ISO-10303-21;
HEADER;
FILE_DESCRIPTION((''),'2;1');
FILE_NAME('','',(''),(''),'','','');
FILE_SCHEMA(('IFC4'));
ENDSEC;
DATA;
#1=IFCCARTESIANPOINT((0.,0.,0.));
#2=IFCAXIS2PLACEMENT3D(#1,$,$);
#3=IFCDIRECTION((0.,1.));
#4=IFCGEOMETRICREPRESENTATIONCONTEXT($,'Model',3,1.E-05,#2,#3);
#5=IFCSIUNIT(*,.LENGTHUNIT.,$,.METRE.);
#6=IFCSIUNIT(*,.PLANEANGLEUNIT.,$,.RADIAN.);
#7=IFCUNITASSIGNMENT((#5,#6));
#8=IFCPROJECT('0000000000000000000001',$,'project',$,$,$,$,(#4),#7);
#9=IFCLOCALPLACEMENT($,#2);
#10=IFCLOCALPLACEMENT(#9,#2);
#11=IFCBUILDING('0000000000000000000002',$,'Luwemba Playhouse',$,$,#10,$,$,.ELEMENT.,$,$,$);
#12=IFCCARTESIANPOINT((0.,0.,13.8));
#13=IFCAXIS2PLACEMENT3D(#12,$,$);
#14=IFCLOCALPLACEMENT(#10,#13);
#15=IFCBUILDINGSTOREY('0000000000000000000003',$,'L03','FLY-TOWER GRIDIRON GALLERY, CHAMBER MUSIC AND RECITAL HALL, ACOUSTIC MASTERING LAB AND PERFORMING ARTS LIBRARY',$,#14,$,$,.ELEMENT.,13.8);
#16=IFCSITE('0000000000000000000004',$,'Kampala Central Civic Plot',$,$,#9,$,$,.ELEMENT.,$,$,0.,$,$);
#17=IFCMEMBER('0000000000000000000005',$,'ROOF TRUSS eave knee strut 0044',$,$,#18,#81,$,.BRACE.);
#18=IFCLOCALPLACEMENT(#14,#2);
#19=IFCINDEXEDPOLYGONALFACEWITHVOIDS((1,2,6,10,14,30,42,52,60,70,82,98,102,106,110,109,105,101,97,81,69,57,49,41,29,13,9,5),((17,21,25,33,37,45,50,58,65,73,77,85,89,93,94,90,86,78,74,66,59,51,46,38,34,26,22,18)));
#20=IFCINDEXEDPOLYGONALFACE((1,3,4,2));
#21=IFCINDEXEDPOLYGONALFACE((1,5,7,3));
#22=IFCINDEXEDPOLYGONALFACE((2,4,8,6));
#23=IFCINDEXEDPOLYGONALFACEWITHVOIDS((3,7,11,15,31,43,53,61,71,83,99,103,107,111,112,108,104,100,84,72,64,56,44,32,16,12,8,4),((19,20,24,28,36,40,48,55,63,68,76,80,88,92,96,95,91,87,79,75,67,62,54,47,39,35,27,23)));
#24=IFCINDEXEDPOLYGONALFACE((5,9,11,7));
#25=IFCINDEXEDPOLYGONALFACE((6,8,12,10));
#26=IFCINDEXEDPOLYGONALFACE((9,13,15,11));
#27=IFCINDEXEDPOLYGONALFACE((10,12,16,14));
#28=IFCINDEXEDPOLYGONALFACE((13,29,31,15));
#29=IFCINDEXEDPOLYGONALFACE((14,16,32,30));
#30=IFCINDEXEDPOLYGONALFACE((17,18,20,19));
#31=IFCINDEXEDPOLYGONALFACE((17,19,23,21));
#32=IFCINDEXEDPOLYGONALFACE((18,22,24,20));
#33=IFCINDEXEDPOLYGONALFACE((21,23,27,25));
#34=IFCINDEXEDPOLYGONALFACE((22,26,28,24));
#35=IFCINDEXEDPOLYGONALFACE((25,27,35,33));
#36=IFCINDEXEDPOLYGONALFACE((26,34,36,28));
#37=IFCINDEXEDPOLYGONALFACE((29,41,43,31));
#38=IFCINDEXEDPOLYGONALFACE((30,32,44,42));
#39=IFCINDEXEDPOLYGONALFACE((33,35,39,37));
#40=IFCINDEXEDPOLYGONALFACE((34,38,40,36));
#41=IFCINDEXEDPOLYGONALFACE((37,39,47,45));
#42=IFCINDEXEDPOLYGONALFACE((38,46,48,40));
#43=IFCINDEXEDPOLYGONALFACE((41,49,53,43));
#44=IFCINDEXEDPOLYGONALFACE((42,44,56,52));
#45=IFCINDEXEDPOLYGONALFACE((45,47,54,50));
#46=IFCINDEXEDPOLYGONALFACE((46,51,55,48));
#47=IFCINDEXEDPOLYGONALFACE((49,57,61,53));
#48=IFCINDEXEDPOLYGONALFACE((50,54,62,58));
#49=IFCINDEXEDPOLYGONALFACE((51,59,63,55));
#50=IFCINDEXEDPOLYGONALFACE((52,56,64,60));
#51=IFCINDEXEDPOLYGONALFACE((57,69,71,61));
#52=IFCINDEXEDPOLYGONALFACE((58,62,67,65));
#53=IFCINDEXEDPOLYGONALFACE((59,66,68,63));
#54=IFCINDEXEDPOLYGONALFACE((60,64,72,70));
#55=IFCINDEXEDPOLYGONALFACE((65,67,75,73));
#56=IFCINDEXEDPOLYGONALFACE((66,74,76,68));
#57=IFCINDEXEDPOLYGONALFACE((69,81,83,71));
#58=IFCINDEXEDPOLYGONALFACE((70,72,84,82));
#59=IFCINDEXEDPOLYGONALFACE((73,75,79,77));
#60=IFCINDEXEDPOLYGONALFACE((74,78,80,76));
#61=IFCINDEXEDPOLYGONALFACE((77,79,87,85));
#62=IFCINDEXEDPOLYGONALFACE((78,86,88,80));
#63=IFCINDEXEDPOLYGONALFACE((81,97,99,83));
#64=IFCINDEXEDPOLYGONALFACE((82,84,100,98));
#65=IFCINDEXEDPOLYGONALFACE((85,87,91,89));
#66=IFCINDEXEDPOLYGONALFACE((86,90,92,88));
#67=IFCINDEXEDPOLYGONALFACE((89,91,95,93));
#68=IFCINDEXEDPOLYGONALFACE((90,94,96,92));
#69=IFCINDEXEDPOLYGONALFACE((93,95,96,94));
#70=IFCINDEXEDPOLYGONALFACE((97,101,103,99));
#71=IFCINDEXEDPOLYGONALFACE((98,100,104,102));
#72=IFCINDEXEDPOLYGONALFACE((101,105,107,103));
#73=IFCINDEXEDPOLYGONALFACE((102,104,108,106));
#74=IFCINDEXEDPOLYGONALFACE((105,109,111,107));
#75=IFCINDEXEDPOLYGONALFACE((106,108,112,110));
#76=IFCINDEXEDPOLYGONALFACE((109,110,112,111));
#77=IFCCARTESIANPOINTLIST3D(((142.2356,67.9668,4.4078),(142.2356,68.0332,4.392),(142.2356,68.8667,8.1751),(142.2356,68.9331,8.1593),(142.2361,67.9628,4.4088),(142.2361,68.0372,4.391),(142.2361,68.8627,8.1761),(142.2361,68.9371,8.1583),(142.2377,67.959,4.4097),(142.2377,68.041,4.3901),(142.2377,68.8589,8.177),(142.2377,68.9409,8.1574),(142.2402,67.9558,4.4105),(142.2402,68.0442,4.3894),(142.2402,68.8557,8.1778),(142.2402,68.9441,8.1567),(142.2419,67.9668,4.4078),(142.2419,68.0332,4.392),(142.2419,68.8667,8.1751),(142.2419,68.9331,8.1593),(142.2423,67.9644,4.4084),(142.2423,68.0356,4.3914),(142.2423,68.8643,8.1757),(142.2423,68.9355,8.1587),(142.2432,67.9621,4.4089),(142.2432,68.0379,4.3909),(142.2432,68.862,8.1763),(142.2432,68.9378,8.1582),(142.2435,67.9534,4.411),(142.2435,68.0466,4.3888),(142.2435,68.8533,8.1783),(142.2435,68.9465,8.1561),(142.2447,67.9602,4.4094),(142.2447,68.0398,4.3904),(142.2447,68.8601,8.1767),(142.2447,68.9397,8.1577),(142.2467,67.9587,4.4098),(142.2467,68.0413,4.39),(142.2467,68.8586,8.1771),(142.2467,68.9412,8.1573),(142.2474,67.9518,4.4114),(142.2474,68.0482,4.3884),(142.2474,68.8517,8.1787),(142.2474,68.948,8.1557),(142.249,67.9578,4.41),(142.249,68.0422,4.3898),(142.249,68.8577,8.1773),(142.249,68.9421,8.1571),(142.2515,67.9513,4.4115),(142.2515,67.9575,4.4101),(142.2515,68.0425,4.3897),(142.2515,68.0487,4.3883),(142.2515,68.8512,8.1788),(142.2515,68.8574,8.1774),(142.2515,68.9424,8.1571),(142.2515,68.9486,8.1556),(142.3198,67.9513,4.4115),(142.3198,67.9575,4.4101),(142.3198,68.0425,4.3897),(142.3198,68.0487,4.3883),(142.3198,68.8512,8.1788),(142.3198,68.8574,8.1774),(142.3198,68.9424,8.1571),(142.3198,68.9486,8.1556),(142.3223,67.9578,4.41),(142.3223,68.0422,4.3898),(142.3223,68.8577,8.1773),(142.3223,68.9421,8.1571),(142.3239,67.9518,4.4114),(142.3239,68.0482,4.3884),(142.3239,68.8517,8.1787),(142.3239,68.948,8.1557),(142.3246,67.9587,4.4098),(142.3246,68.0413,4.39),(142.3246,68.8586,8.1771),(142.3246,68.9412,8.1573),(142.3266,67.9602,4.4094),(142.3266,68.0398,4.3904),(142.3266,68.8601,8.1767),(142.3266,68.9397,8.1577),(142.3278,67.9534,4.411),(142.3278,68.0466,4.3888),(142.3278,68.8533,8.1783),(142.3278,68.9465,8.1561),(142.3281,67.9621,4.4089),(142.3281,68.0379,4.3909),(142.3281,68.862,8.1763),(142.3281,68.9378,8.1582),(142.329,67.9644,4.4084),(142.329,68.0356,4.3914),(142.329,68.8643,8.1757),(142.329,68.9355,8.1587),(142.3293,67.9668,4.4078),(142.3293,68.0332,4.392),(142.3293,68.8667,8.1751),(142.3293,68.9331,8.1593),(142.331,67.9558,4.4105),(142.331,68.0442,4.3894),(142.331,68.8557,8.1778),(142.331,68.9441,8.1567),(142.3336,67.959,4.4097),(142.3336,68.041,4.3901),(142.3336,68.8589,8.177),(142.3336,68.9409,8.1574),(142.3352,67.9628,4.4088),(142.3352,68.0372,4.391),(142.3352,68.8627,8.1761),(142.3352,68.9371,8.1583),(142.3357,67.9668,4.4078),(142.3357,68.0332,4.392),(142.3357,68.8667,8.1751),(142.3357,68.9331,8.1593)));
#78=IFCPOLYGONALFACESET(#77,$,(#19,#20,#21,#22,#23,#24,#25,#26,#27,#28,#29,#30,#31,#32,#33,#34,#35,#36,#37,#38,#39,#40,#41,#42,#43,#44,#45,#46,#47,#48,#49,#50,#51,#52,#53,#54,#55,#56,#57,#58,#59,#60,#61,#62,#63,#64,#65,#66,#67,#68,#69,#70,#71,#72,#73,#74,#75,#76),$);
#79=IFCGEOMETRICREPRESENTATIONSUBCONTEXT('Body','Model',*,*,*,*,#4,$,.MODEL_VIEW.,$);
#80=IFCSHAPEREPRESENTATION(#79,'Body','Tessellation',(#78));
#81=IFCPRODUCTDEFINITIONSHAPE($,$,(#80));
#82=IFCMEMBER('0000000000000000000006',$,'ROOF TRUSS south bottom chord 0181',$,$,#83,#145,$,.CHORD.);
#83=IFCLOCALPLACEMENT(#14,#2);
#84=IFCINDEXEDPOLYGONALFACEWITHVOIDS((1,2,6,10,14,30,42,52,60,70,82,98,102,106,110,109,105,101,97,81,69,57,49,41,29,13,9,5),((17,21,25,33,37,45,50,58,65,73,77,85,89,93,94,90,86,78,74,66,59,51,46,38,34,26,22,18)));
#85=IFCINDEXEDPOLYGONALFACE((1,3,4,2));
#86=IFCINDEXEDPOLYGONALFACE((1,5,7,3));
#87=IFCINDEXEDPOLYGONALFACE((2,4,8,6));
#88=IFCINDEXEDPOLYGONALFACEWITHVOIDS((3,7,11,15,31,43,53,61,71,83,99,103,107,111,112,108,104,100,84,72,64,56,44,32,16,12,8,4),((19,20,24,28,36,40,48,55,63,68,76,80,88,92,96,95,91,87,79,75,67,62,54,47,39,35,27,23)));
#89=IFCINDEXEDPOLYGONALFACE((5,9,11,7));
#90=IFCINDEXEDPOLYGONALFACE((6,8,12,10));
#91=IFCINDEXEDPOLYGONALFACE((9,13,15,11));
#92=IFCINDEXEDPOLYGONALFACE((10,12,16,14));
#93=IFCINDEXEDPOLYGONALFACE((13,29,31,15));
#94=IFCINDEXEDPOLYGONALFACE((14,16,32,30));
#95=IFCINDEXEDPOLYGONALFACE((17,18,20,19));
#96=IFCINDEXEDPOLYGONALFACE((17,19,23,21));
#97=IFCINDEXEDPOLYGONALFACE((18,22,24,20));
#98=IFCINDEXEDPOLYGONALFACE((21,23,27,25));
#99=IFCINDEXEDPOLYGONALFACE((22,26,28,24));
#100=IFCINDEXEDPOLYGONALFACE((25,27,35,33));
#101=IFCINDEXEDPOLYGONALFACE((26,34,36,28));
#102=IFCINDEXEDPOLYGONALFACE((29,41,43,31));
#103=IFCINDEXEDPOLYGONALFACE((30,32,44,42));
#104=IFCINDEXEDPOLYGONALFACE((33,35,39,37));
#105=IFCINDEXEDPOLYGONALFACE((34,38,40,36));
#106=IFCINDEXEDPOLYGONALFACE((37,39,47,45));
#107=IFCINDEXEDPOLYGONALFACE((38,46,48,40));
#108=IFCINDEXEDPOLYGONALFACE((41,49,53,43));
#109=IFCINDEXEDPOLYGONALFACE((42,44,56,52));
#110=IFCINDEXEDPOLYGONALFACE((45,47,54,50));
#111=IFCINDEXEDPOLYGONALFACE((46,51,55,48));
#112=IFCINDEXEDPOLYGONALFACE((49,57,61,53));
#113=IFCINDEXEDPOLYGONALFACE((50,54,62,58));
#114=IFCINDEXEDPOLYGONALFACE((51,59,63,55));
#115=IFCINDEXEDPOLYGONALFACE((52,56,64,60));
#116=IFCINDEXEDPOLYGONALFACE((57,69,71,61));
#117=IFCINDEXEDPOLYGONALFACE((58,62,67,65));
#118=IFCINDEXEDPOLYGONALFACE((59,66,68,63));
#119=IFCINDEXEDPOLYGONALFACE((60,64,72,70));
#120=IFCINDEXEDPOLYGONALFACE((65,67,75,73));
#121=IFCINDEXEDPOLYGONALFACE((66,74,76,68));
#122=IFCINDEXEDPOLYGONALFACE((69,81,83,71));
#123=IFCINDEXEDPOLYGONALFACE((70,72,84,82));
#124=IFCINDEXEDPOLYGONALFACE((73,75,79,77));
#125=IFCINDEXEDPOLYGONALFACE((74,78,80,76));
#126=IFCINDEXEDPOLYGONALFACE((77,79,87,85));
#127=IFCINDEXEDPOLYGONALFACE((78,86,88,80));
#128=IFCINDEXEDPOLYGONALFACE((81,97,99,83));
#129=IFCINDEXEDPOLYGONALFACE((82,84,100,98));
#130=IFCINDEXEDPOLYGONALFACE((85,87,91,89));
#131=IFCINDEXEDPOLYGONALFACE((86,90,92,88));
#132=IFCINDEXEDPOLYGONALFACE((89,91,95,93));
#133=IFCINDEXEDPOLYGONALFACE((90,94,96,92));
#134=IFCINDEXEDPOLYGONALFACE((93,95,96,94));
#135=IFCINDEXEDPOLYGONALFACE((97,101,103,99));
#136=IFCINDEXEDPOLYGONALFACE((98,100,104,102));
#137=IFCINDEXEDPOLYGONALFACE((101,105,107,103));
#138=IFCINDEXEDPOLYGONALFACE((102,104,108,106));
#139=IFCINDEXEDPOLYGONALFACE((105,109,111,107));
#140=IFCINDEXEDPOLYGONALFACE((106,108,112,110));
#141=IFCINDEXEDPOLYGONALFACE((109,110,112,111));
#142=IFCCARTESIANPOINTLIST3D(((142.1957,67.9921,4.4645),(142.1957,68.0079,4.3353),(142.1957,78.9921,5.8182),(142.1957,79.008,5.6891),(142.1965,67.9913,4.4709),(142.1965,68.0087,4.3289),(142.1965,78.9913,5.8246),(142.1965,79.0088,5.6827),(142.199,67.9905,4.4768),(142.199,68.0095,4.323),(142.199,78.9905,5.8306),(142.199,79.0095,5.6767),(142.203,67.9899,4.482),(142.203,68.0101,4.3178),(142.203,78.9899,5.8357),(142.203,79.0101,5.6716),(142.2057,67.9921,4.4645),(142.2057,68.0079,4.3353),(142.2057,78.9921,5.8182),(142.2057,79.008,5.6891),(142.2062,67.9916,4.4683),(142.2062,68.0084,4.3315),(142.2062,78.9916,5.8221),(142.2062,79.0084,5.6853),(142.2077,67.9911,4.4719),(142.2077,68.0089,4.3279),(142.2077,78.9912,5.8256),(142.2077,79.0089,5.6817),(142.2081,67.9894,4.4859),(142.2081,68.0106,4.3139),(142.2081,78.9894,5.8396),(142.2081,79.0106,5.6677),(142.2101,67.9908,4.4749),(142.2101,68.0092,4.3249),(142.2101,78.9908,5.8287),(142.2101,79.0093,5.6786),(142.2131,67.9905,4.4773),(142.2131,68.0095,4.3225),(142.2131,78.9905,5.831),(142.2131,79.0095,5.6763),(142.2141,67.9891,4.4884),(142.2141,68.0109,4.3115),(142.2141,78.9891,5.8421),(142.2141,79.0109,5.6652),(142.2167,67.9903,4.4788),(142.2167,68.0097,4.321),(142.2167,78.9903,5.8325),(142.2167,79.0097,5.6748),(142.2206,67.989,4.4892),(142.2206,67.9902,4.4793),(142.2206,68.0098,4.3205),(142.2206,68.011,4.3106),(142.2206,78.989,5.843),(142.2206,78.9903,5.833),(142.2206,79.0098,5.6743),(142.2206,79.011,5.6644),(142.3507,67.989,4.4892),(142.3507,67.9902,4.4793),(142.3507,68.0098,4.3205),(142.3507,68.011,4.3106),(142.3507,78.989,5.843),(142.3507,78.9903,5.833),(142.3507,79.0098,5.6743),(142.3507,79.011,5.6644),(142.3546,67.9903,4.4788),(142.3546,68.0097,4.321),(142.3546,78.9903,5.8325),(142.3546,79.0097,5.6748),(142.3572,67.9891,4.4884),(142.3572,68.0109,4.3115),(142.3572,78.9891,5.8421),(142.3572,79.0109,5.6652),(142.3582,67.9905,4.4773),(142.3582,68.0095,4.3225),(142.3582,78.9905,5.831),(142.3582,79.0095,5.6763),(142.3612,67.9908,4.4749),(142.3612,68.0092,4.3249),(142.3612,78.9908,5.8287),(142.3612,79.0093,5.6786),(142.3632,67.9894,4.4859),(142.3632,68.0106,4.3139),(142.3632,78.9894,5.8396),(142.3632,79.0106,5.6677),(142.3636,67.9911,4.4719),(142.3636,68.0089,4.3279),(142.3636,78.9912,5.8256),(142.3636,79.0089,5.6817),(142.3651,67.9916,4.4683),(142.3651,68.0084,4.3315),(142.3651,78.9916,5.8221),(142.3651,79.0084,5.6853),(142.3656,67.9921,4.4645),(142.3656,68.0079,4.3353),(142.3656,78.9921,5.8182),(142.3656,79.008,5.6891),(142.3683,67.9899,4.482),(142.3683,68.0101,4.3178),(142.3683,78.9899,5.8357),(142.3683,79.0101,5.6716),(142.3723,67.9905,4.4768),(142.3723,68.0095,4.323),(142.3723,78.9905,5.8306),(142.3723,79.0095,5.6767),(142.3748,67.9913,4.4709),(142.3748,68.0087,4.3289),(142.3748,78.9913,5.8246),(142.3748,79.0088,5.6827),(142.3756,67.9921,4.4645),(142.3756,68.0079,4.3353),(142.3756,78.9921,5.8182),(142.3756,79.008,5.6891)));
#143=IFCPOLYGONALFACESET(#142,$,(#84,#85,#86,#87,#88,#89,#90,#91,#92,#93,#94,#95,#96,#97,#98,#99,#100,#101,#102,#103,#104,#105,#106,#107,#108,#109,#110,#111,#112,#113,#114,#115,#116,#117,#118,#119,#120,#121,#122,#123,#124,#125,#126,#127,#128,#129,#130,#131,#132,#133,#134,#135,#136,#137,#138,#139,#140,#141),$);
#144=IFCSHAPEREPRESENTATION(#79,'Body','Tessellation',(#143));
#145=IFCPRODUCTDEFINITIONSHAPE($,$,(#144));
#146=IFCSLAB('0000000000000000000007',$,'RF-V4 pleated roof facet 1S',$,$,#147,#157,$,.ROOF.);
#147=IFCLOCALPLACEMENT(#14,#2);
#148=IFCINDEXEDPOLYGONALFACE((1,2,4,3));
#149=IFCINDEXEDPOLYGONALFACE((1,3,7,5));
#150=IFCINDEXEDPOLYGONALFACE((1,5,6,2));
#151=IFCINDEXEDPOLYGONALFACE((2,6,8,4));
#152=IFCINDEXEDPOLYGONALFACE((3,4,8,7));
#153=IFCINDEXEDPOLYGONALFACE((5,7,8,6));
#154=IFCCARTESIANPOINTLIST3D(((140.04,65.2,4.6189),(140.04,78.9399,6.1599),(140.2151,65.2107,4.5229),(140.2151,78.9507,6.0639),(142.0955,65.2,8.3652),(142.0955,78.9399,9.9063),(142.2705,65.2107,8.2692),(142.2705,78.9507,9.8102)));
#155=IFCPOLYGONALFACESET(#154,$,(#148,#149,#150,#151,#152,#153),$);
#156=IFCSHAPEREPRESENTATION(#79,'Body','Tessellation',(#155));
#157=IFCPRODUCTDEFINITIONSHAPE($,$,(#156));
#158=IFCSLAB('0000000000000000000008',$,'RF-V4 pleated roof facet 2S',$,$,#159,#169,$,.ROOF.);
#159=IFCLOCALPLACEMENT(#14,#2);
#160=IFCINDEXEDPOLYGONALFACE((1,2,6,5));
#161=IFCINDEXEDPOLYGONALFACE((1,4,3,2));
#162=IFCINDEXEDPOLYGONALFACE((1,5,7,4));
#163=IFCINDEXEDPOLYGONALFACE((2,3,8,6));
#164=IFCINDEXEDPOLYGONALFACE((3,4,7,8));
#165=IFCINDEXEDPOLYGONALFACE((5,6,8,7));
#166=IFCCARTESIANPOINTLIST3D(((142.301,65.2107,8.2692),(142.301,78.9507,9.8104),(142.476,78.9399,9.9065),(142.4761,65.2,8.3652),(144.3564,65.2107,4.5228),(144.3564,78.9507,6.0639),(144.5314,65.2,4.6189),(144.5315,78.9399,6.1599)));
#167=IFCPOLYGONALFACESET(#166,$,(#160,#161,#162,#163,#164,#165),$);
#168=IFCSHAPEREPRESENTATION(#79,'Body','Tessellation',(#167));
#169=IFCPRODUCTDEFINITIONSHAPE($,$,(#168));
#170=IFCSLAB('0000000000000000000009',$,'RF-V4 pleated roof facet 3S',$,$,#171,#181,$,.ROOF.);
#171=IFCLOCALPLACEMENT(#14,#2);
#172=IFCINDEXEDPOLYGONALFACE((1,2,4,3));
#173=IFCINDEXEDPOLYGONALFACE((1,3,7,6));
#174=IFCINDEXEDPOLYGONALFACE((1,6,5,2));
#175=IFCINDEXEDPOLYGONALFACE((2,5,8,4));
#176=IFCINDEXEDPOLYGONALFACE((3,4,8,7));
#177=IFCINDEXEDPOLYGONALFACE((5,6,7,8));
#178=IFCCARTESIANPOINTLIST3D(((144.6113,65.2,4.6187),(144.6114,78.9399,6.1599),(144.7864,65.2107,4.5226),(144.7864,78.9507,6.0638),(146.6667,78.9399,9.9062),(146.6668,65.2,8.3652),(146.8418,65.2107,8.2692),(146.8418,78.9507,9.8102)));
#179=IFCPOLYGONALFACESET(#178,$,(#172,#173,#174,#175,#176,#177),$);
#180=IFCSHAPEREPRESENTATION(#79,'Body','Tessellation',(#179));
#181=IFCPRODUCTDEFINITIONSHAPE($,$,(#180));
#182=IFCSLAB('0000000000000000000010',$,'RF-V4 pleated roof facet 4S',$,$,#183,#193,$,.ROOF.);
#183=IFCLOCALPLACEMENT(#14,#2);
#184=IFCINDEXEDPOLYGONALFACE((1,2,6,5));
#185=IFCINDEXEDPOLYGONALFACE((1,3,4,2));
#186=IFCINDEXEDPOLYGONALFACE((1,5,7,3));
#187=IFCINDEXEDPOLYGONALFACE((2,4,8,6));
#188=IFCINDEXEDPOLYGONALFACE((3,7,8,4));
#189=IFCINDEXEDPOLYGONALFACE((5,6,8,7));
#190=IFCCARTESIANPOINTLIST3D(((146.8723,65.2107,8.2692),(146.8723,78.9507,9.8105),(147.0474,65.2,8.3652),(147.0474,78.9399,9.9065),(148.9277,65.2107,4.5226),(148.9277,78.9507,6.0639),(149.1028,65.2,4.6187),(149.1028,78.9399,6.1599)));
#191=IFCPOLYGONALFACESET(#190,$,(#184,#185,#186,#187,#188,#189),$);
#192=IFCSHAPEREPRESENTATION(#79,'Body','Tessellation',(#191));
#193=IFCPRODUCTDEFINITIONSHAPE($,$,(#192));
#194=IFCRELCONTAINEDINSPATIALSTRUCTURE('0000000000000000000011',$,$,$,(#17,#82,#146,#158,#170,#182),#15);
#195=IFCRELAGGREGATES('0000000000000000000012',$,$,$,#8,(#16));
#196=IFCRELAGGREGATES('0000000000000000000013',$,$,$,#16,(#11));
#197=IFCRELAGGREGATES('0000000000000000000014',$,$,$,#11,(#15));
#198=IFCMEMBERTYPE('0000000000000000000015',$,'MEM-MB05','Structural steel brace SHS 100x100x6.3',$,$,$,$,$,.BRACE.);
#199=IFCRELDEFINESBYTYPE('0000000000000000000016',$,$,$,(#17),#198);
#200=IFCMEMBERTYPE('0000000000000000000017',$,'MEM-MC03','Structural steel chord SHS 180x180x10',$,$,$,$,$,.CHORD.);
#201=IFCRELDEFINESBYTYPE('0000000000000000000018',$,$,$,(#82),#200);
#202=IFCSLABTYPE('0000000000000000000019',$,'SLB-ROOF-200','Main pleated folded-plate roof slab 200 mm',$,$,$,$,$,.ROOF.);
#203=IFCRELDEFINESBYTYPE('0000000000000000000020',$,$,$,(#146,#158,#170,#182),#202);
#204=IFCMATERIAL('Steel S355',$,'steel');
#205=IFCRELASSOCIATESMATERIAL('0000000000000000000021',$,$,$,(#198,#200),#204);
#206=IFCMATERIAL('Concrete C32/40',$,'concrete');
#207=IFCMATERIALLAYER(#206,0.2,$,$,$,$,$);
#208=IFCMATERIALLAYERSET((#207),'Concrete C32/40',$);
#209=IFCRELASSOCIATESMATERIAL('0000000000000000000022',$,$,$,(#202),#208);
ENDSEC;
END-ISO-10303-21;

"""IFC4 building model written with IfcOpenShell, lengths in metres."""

from ifc_helpers import new_model, si_unit, direction, frame, origin, origin_2d, place, context, subcontext, project, spatial, polyline, hollow_rectangle, outline, extrude, material, layer, layer_set, material_profile, profile_set, type_object, element, save


model = new_model("IFC4")

# Units and contexts
model_context = context("Model", 3, precision=1e-05, world=origin(), true_north=direction((0.0, 1.0)))
body_context = subcontext(model_context, "Body", "Model", "MODEL_VIEW")
ifc_project = project(units=[si_unit("LENGTHUNIT", "METRE"), si_unit("PLANEANGLEUNIT", "RADIAN")], contexts=[model_context])

# Site, building, storey
site_placement = place(None, origin())
site = spatial("IfcSite", under=ifc_project, at=site_placement, Name="Kampala Central Civic Plot", CompositionType="ELEMENT", RefElevation=0.0)
building_placement = place(site_placement, origin())
building = spatial("IfcBuilding", under=site, at=building_placement, Name="Luwemba Playhouse", CompositionType="ELEMENT")
storey_placement = place(building_placement, frame((0.0, 0.0, 13.8)))
storey = spatial("IfcBuildingStorey", under=building, at=storey_placement, Name="L03", Description="FLY-TOWER GRIDIRON GALLERY, CHAMBER MUSIC AND RECITAL HALL, ACOUSTIC MASTERING LAB AND PERFORMING ARTS LIBRARY", CompositionType="ELEMENT", Elevation=13.8)

# Shared definitions
ifc_material_1 = material(Name="Steel S355", Category="steel")

# Members
ifc_material_profile_1 = material_profile(ifc_material_1, hollow_rectangle(XDim=0.1001, YDim=0.1001, WallThickness=0.0063, InnerFilletRadius=0.0095, OuterFilletRadius=0.0159, at=origin_2d()))
ifc_profile_set_1 = profile_set([ifc_material_profile_1], Name="Steel S355")
member_type_1 = type_object("IfcMemberType", Name="MEM-MB05", Description="Structural steel brace SHS 100x100x6.3", PredefinedType="BRACE", material=ifc_profile_set_1)
member_1_placement = place(storey_placement, frame((142.2856, 68.0, 4.3999), z_axis=(0.0, 0.232333, 0.972636), x_axis=(-1.0, 0.0, 0.0)))
element("IfcMember", 1, at=member_1_placement, inside=storey, type_object=member_type_1, Name="ROOF TRUSS eave knee strut 0044", PredefinedType="BRACE", context=body_context, shape_type="SweptSolid", body=[
    extrude(hollow_rectangle(XDim=0.1001, YDim=0.1001, WallThickness=0.0063, InnerFilletRadius=0.0095, OuterFilletRadius=0.0159, at=origin_2d()), origin(), (0.0, 0.0, 1.0), 3.8733),
])
ifc_material_profile_2 = material_profile(ifc_material_1, hollow_rectangle(XDim=0.1799, YDim=0.1799, WallThickness=0.01, InnerFilletRadius=0.0149, OuterFilletRadius=0.0249, at=origin_2d()))
ifc_profile_set_2 = profile_set([ifc_material_profile_2], Name="Steel S355")
member_type_2 = type_object("IfcMemberType", Name="MEM-MC03", Description="Structural steel chord SHS 180x180x10", PredefinedType="CHORD", material=ifc_profile_set_2)
member_2_placement = place(storey_placement, frame((142.2856, 68.0, 4.3999), z_axis=(0.0, 0.992512, 0.122148), x_axis=(-1.0, 0.0, 0.0)))
element("IfcMember", 2, at=member_2_placement, inside=storey, type_object=member_type_2, Name="ROOF TRUSS south bottom chord 0181", PredefinedType="CHORD", context=body_context, shape_type="SweptSolid", body=[
    extrude(hollow_rectangle(XDim=0.1799, YDim=0.1799, WallThickness=0.01, InnerFilletRadius=0.0149, OuterFilletRadius=0.0249, at=origin_2d()), origin(), (0.0, 0.0, 1.0), 11.083),
])

# Slabs
ifc_material_2 = material(Name="Concrete C32/40", Category="concrete")
ifc_layer_1 = layer(ifc_material_2, 0.2)
ifc_layer_set_1 = layer_set([ifc_layer_1], Name="Concrete C32/40")
slab_type = type_object("IfcSlabType", Name="SLB-ROOF-200", Description="Main pleated folded-plate roof slab 200 mm", PredefinedType="ROOF", material=ifc_layer_set_1)
slab_1_placement = place(storey_placement, frame((140.04, 65.2, 4.6189), z_axis=(-0.875443, -0.053869, 0.48031), x_axis=(0.481008, 0.0, 0.876716)))
element("IfcSlab", 3, at=slab_1_placement, inside=storey, type_object=slab_type, Name="RF-V4 pleated roof facet 1S", PredefinedType="ROOF", context=body_context, shape_type="SweptSolid", body=[
    extrude(outline(polyline([(0.0, 0.0), (4.2731, 0.0), (5.6242, 13.76), (1.351, 13.76), (0.0, 0.0)])), origin(), (0.0, 0.0, -1.0), 0.2),
])
slab_2_placement = place(storey_placement, frame((142.4761, 65.2, 8.3652), z_axis=(0.87545, -0.053872, 0.480298), x_axis=(0.480996, 0.000001, -0.876723)))
element("IfcSlab", 4, at=slab_2_placement, inside=storey, type_object=slab_type, Name="RF-V4 pleated roof facet 2S", PredefinedType="ROOF", context=body_context, shape_type="SweptSolid", body=[
    extrude(outline(polyline([(0.0, 0.0), (4.2731, 0.0), (2.9221, 13.76), (-1.3512, 13.76), (0.0, 0.0)])), origin(), (0.0, 0.0, -1.0), 0.2),
])
slab_3_placement = place(storey_placement, frame((144.6113, 65.2, 4.6187), z_axis=(-0.87545, -0.053872, 0.480298), x_axis=(0.480996, 0.000001, 0.876723)))
element("IfcSlab", 5, at=slab_3_placement, inside=storey, type_object=slab_type, Name="RF-V4 pleated roof facet 3S", PredefinedType="ROOF", context=body_context, shape_type="SweptSolid", body=[
    extrude(outline(polyline([(0.0, 0.0), (4.2734, 0.0), (5.6244, 13.76), (1.3513, 13.76), (0.0, 0.0)])), origin(), (0.0, 0.0, -1.0), 0.2),
])
slab_4_placement = place(storey_placement, frame((147.0474, 65.2, 8.3652), z_axis=(0.875456, -0.053875, 0.480286), x_axis=(0.480984, 0.0, -0.876729)))
element("IfcSlab", 6, at=slab_4_placement, inside=storey, type_object=slab_type, Name="RF-V4 pleated roof facet 4S", PredefinedType="ROOF", context=body_context, shape_type="SweptSolid", body=[
    extrude(outline(polyline([(0.0, 0.0), (4.2734, 0.0), (2.9221, 13.76), (-1.3513, 13.76), (0.0, 0.0)])), origin(), (0.0, 0.0, -1.0), 0.2),
])

save(model, "model.ifc")
